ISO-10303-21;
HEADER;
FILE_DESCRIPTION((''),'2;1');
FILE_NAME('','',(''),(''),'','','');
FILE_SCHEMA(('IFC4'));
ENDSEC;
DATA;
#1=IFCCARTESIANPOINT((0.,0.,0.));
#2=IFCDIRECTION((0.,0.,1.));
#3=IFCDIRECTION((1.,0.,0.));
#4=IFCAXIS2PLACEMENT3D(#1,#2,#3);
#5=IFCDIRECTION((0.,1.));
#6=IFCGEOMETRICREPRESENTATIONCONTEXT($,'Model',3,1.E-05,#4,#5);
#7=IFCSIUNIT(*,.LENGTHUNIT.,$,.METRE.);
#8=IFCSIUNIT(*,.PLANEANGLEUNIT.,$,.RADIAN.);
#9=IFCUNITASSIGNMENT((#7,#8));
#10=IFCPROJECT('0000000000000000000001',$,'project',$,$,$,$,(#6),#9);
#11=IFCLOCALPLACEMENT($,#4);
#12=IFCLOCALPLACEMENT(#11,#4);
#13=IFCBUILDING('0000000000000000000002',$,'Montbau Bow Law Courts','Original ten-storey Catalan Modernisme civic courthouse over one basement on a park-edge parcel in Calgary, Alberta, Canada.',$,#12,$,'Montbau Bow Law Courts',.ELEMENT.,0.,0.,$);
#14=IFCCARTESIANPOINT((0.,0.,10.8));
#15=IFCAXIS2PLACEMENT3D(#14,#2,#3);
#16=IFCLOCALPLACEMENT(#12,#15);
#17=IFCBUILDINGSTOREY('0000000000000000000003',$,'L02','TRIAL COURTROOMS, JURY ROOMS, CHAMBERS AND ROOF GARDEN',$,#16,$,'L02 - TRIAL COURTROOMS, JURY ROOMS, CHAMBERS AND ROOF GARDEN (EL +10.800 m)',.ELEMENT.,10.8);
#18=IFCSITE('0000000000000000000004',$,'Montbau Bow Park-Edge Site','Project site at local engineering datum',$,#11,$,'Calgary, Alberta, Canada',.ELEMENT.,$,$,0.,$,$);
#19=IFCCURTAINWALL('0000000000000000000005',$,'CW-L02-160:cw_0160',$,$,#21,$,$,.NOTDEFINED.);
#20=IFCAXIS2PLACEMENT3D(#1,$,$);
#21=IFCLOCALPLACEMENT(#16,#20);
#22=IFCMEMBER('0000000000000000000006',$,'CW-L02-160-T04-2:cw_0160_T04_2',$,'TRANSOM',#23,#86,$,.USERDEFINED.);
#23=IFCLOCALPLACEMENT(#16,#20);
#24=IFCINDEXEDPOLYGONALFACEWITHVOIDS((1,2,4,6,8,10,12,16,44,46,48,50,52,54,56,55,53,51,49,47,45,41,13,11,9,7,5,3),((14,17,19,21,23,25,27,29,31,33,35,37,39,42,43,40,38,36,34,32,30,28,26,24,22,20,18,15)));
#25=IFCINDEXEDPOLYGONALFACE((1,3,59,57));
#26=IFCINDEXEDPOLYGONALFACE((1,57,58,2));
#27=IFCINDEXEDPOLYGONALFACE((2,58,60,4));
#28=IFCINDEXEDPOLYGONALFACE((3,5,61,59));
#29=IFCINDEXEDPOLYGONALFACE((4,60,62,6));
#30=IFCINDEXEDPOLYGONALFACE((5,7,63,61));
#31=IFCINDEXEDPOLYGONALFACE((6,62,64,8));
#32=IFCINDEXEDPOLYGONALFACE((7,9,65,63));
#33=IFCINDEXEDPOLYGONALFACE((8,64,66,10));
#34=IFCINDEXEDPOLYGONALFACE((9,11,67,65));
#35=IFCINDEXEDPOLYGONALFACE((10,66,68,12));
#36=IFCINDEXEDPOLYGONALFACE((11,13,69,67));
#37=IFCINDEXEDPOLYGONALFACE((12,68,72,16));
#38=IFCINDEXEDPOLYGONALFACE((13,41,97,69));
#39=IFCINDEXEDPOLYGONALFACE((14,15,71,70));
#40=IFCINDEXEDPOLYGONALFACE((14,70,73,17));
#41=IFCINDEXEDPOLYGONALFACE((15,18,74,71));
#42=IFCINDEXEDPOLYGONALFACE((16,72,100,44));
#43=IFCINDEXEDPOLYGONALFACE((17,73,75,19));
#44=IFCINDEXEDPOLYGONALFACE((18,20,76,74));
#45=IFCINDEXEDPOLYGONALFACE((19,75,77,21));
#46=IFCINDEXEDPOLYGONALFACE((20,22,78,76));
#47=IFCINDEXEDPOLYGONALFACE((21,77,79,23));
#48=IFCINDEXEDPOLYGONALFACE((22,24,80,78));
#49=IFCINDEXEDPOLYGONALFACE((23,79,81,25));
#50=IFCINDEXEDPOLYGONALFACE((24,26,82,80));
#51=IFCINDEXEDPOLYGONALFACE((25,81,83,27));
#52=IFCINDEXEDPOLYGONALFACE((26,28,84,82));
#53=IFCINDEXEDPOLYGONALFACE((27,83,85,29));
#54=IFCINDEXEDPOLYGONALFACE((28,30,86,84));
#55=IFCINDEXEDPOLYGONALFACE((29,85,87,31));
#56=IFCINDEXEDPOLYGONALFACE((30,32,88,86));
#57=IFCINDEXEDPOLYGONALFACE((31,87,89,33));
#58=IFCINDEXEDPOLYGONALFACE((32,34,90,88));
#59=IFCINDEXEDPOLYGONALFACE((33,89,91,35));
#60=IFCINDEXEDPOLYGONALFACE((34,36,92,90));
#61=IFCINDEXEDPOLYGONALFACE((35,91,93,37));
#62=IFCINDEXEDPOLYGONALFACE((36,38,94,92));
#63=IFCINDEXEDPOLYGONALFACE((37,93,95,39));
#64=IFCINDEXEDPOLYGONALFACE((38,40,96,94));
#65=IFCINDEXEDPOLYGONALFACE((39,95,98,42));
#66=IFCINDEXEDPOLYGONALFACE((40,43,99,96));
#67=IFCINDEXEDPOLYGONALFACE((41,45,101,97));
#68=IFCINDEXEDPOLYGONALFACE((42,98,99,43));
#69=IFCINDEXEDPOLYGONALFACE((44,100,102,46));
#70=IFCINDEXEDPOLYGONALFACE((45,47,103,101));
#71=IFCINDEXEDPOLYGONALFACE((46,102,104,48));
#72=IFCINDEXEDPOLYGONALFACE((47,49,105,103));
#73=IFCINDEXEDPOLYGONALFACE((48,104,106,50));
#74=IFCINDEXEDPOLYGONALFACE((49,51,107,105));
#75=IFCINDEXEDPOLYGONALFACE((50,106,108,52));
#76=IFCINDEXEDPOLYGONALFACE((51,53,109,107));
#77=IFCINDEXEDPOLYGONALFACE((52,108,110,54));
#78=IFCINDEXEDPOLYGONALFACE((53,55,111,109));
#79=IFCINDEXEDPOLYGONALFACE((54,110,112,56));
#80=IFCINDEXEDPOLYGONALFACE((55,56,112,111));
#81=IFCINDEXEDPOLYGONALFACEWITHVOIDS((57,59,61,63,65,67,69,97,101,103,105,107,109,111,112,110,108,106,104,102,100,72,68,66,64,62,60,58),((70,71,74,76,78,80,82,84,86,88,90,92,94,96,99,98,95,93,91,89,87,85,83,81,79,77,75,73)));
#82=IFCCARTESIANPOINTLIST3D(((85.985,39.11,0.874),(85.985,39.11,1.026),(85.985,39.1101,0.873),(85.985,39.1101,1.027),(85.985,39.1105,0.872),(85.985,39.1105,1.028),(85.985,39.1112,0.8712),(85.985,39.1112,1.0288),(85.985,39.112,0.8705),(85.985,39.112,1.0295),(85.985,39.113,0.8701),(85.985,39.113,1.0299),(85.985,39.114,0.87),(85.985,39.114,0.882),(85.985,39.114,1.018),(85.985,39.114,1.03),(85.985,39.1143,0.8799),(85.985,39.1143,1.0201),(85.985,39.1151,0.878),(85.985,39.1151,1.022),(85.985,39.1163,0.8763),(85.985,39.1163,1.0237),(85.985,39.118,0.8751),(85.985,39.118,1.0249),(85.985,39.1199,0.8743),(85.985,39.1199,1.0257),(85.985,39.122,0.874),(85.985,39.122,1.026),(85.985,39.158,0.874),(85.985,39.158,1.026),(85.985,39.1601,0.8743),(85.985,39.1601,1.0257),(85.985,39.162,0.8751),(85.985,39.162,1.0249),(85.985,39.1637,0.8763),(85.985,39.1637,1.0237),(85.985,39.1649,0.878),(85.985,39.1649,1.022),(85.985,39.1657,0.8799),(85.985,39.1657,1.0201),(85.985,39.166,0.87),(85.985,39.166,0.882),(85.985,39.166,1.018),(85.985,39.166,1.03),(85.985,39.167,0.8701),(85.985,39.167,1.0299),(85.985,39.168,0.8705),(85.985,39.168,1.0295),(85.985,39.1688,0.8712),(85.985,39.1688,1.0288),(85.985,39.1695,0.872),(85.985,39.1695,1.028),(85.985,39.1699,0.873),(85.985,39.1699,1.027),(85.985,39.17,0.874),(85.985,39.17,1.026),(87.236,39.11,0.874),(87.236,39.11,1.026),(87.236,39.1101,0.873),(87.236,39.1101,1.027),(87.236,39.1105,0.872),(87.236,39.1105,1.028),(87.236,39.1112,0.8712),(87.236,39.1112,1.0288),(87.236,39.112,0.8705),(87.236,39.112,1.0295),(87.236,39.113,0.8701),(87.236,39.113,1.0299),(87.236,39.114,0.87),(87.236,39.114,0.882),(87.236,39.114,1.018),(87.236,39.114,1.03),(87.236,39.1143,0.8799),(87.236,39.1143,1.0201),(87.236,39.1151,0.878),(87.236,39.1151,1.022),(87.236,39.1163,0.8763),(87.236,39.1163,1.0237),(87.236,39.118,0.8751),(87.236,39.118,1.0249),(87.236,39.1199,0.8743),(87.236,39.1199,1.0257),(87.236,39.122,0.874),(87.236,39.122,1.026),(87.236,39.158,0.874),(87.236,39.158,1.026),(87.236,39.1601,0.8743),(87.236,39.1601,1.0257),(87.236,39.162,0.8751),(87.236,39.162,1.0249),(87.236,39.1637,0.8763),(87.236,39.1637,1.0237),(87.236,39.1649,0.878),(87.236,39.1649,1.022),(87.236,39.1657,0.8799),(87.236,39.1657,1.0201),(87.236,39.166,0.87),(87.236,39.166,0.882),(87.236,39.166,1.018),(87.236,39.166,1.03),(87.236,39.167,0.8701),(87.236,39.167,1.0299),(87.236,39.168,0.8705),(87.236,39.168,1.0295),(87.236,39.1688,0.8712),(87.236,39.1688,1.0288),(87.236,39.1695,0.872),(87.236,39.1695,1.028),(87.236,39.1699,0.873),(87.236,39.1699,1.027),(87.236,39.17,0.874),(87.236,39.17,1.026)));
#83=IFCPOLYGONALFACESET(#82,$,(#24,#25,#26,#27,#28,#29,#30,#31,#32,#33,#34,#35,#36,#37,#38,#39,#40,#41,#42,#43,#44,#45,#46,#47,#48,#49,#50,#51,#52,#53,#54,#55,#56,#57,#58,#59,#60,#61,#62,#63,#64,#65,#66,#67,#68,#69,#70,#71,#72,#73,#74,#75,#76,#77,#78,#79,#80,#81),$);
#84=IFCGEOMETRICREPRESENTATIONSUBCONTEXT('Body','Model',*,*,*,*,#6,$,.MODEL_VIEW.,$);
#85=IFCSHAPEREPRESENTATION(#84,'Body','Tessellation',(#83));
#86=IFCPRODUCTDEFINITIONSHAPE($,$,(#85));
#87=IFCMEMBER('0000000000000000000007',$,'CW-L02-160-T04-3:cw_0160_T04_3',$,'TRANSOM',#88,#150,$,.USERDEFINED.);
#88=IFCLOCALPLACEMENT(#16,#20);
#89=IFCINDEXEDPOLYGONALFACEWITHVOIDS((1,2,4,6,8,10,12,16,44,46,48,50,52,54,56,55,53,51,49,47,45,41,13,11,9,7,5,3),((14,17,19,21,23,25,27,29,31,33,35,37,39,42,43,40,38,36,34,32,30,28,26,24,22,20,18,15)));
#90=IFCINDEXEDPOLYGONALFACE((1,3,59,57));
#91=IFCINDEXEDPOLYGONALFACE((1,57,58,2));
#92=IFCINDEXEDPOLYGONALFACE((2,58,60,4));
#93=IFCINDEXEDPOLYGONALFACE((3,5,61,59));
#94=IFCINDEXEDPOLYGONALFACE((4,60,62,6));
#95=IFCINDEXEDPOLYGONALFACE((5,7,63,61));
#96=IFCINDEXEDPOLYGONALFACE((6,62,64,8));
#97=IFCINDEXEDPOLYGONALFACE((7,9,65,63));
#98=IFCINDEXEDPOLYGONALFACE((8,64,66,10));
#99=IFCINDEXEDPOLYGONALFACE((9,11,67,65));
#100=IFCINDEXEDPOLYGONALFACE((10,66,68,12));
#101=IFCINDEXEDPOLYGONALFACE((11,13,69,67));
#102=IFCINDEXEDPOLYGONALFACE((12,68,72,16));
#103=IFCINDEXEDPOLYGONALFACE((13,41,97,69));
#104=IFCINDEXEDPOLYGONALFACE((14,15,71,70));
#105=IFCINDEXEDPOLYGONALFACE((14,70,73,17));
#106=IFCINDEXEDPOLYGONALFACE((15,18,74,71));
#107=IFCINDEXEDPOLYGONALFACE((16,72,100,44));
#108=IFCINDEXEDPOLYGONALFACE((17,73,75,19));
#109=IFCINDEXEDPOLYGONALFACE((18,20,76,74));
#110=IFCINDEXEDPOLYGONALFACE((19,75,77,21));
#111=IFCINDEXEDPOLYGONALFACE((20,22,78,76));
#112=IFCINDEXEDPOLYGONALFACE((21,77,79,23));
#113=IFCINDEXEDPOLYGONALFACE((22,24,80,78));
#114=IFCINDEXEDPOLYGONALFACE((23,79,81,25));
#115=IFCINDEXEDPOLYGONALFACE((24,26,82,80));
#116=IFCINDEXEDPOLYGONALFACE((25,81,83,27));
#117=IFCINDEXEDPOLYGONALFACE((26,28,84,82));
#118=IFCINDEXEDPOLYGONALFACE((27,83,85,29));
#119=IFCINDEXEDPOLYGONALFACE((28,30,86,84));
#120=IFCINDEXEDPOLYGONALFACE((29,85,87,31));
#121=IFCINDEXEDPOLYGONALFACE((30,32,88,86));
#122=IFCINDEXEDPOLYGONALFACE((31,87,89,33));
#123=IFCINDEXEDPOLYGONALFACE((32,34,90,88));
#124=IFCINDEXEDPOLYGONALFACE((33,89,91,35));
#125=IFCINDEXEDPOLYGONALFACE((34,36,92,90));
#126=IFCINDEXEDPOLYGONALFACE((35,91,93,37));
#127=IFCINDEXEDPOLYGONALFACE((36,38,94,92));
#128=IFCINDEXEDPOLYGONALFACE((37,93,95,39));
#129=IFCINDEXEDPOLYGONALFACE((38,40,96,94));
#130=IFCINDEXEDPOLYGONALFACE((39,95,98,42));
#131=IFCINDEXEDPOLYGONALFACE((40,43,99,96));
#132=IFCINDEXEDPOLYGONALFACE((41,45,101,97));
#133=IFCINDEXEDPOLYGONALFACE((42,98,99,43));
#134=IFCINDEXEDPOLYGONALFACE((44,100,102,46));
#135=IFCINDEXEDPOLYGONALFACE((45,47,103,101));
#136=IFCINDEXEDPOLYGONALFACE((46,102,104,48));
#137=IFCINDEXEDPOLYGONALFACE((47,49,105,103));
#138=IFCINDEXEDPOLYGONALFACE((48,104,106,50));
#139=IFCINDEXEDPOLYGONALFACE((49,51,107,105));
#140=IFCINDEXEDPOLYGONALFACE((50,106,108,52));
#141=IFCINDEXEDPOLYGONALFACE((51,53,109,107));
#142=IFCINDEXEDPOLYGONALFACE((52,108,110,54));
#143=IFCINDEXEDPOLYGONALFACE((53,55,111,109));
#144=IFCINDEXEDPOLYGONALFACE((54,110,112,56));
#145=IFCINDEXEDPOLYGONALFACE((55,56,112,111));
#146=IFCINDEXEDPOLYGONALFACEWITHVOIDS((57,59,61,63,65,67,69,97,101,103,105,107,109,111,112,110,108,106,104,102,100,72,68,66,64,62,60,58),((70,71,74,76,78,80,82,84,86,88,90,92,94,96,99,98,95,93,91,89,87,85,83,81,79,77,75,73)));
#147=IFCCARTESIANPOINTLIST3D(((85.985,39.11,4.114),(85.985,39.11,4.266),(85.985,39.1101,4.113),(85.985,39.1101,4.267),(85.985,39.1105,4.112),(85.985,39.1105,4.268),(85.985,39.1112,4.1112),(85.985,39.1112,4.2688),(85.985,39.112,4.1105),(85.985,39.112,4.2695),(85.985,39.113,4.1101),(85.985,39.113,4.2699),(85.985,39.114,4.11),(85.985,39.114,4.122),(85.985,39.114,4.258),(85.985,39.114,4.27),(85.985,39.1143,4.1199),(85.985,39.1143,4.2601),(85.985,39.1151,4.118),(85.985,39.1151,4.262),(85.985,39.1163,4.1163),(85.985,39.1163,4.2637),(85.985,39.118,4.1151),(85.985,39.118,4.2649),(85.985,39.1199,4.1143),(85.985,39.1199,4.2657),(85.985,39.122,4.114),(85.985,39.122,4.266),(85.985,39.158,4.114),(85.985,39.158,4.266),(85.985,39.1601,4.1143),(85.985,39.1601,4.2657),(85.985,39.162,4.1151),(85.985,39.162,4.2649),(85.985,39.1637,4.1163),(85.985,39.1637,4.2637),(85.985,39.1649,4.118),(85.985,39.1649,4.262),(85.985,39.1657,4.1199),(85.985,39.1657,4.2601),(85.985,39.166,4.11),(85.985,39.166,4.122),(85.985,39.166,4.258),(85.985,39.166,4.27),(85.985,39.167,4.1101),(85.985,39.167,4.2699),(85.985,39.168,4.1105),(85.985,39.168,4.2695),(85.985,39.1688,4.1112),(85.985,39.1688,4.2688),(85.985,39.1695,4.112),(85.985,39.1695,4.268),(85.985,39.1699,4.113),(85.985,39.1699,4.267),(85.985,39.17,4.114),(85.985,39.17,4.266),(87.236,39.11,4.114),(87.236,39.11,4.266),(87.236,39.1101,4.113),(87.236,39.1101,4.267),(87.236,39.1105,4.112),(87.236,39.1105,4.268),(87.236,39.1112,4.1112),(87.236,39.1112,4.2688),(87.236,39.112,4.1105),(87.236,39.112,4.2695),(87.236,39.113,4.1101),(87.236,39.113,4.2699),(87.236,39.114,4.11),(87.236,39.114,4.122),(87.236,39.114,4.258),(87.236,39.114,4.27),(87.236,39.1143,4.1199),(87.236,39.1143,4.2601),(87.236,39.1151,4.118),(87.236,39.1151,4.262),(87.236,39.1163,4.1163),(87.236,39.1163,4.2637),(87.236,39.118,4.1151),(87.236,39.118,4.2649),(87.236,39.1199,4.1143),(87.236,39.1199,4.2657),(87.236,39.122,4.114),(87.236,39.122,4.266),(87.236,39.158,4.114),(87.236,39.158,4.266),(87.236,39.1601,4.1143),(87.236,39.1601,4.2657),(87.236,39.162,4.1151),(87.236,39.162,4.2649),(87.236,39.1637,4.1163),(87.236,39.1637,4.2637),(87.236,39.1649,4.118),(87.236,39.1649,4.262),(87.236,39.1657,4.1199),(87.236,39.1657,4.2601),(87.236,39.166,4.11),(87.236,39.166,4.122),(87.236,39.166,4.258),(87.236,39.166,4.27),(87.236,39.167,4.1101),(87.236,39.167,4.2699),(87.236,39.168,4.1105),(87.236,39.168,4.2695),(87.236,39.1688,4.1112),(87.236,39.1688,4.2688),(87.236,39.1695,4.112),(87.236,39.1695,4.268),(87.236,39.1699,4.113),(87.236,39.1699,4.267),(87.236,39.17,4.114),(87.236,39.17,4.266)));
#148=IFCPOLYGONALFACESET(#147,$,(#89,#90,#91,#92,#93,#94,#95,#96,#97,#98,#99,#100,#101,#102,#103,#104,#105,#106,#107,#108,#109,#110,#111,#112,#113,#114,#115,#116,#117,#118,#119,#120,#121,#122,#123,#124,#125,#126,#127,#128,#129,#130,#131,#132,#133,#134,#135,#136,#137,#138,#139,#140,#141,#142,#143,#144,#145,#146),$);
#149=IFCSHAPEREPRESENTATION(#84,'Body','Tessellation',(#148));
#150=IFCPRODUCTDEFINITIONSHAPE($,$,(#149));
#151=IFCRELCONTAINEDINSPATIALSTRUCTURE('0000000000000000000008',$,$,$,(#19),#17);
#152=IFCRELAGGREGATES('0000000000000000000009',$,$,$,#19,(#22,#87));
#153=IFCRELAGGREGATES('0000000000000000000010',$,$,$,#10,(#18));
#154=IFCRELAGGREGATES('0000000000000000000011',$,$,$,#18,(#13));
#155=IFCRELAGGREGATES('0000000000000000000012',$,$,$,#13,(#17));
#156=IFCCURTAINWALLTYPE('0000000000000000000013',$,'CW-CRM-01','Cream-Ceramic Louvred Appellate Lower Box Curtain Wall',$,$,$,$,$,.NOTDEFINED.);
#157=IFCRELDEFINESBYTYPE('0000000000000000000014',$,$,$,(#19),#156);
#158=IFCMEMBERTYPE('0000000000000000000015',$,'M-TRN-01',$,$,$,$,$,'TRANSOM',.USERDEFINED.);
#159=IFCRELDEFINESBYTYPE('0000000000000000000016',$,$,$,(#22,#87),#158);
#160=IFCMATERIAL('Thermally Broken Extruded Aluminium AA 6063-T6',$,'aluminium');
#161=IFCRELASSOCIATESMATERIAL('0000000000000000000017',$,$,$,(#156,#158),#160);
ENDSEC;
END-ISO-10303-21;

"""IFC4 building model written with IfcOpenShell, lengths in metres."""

from ifc_helpers import new_model, si_unit, direction, frame, origin_with_axes, origin_2d_with_axis, place, context, subcontext, project, spatial, hollow_rectangle, extrude, material, material_profile, profile_set, type_object, element, aggregate, save


model = new_model("IFC4")

# Units and contexts
model_context = context("Model", 3, precision=1e-05, world=origin_with_axes(), true_north=direction((0.0, 1.0)))
body_context = subcontext(model_context, "Body", "Model", "MODEL_VIEW")
ifc_project = project(units=[si_unit("LENGTHUNIT", "METRE"), si_unit("PLANEANGLEUNIT", "RADIAN")], contexts=[model_context])

# Site, building, storey
site_placement = place(None, origin_with_axes())
site = spatial("IfcSite", under=ifc_project, at=site_placement, Name="Montbau Bow Park-Edge Site", Description="Project site at local engineering datum", LongName="Calgary, Alberta, Canada", CompositionType="ELEMENT", RefElevation=0.0)
building_placement = place(site_placement, origin_with_axes())
building = spatial("IfcBuilding", under=site, at=building_placement, Name="Montbau Bow Law Courts", Description="Original ten-storey Catalan Modernisme civic courthouse over one basement on a park-edge parcel in Calgary, Alberta, Canada.", LongName="Montbau Bow Law Courts", CompositionType="ELEMENT", ElevationOfRefHeight=0.0, ElevationOfTerrain=0.0)
storey_placement = place(building_placement, frame((0.0, 0.0, 10.8), z_axis=(0.0, 0.0, 1.0), x_axis=(1.0, 0.0, 0.0)))
storey = spatial("IfcBuildingStorey", under=building, at=storey_placement, Name="L02", Description="TRIAL COURTROOMS, JURY ROOMS, CHAMBERS AND ROOF GARDEN", LongName="L02 - TRIAL COURTROOMS, JURY ROOMS, CHAMBERS AND ROOF GARDEN (EL +10.800 m)", CompositionType="ELEMENT", Elevation=10.8)

# Curtain wall
ifc_material_1 = material(Name="Thermally Broken Extruded Aluminium AA 6063-T6", Category="aluminium")
curtain_wall_type = type_object("IfcCurtainWallType", Name="CW-CRM-01", Description="Cream-Ceramic Louvred Appellate Lower Box Curtain Wall", PredefinedType="NOTDEFINED", material=ifc_material_1)
curtain_wall_1_placement = place(None, frame((81.897, 39.14, 10.8), z_axis=(0.0, 0.0, 1.0), x_axis=(1.0, 0.0, 0.0)))
curtain_wall_1 = element("IfcCurtainWall", 1, at=curtain_wall_1_placement, inside=storey, type_object=curtain_wall_type, Name="CW-L02-160:cw_0160", PredefinedType="NOTDEFINED")

# Members
ifc_material_profile_1 = material_profile(ifc_material_1, hollow_rectangle(XDim=0.06, YDim=0.16, WallThickness=0.004, InnerFilletRadius=0.008, OuterFilletRadius=0.004, at=origin_2d_with_axis()), Name="CWT-160X60", Category="Main", Priority=0)
ifc_profile_set_1 = profile_set([ifc_material_profile_1], Name="Thermally Broken Extruded Aluminium AA 6063-T6")
member_type_1 = type_object("IfcMemberType", Name="M-TRN-01", ElementType="TRANSOM", PredefinedType="USERDEFINED", material=ifc_profile_set_1)
member_1_placement = place(None, frame((85.985, 39.14, 11.75), z_axis=(1.0, 0.0, 0.0), x_axis=(0.0, 1.0, 0.0)))
member_1 = element("IfcMember", 2, at=member_1_placement, type_object=member_type_1, Name="CW-L02-160-T04-2:cw_0160_T04_2", ObjectType="TRANSOM", PredefinedType="USERDEFINED", context=body_context, shape_type="SweptSolid", body=[
    extrude(hollow_rectangle(XDim=0.06, YDim=0.16, WallThickness=0.004, InnerFilletRadius=0.008, OuterFilletRadius=0.004, at=origin_2d_with_axis()), origin_with_axes(), (0.0, 0.0, 1.0), 1.251),
])
member_2_placement = place(None, frame((85.985, 39.14, 14.99), z_axis=(1.0, 0.0, 0.0), x_axis=(0.0, 1.0, 0.0)))
member_2 = element("IfcMember", 3, at=member_2_placement, type_object=member_type_1, Name="CW-L02-160-T04-3:cw_0160_T04_3", ObjectType="TRANSOM", PredefinedType="USERDEFINED", context=body_context, shape_type="SweptSolid", body=[
    extrude(hollow_rectangle(XDim=0.06, YDim=0.16, WallThickness=0.004, InnerFilletRadius=0.008, OuterFilletRadius=0.004, at=origin_2d_with_axis()), origin_with_axes(), (0.0, 0.0, 1.0), 1.251),
])

aggregate(curtain_wall_1, [member_1, member_2])

save(model, "model.ifc")
